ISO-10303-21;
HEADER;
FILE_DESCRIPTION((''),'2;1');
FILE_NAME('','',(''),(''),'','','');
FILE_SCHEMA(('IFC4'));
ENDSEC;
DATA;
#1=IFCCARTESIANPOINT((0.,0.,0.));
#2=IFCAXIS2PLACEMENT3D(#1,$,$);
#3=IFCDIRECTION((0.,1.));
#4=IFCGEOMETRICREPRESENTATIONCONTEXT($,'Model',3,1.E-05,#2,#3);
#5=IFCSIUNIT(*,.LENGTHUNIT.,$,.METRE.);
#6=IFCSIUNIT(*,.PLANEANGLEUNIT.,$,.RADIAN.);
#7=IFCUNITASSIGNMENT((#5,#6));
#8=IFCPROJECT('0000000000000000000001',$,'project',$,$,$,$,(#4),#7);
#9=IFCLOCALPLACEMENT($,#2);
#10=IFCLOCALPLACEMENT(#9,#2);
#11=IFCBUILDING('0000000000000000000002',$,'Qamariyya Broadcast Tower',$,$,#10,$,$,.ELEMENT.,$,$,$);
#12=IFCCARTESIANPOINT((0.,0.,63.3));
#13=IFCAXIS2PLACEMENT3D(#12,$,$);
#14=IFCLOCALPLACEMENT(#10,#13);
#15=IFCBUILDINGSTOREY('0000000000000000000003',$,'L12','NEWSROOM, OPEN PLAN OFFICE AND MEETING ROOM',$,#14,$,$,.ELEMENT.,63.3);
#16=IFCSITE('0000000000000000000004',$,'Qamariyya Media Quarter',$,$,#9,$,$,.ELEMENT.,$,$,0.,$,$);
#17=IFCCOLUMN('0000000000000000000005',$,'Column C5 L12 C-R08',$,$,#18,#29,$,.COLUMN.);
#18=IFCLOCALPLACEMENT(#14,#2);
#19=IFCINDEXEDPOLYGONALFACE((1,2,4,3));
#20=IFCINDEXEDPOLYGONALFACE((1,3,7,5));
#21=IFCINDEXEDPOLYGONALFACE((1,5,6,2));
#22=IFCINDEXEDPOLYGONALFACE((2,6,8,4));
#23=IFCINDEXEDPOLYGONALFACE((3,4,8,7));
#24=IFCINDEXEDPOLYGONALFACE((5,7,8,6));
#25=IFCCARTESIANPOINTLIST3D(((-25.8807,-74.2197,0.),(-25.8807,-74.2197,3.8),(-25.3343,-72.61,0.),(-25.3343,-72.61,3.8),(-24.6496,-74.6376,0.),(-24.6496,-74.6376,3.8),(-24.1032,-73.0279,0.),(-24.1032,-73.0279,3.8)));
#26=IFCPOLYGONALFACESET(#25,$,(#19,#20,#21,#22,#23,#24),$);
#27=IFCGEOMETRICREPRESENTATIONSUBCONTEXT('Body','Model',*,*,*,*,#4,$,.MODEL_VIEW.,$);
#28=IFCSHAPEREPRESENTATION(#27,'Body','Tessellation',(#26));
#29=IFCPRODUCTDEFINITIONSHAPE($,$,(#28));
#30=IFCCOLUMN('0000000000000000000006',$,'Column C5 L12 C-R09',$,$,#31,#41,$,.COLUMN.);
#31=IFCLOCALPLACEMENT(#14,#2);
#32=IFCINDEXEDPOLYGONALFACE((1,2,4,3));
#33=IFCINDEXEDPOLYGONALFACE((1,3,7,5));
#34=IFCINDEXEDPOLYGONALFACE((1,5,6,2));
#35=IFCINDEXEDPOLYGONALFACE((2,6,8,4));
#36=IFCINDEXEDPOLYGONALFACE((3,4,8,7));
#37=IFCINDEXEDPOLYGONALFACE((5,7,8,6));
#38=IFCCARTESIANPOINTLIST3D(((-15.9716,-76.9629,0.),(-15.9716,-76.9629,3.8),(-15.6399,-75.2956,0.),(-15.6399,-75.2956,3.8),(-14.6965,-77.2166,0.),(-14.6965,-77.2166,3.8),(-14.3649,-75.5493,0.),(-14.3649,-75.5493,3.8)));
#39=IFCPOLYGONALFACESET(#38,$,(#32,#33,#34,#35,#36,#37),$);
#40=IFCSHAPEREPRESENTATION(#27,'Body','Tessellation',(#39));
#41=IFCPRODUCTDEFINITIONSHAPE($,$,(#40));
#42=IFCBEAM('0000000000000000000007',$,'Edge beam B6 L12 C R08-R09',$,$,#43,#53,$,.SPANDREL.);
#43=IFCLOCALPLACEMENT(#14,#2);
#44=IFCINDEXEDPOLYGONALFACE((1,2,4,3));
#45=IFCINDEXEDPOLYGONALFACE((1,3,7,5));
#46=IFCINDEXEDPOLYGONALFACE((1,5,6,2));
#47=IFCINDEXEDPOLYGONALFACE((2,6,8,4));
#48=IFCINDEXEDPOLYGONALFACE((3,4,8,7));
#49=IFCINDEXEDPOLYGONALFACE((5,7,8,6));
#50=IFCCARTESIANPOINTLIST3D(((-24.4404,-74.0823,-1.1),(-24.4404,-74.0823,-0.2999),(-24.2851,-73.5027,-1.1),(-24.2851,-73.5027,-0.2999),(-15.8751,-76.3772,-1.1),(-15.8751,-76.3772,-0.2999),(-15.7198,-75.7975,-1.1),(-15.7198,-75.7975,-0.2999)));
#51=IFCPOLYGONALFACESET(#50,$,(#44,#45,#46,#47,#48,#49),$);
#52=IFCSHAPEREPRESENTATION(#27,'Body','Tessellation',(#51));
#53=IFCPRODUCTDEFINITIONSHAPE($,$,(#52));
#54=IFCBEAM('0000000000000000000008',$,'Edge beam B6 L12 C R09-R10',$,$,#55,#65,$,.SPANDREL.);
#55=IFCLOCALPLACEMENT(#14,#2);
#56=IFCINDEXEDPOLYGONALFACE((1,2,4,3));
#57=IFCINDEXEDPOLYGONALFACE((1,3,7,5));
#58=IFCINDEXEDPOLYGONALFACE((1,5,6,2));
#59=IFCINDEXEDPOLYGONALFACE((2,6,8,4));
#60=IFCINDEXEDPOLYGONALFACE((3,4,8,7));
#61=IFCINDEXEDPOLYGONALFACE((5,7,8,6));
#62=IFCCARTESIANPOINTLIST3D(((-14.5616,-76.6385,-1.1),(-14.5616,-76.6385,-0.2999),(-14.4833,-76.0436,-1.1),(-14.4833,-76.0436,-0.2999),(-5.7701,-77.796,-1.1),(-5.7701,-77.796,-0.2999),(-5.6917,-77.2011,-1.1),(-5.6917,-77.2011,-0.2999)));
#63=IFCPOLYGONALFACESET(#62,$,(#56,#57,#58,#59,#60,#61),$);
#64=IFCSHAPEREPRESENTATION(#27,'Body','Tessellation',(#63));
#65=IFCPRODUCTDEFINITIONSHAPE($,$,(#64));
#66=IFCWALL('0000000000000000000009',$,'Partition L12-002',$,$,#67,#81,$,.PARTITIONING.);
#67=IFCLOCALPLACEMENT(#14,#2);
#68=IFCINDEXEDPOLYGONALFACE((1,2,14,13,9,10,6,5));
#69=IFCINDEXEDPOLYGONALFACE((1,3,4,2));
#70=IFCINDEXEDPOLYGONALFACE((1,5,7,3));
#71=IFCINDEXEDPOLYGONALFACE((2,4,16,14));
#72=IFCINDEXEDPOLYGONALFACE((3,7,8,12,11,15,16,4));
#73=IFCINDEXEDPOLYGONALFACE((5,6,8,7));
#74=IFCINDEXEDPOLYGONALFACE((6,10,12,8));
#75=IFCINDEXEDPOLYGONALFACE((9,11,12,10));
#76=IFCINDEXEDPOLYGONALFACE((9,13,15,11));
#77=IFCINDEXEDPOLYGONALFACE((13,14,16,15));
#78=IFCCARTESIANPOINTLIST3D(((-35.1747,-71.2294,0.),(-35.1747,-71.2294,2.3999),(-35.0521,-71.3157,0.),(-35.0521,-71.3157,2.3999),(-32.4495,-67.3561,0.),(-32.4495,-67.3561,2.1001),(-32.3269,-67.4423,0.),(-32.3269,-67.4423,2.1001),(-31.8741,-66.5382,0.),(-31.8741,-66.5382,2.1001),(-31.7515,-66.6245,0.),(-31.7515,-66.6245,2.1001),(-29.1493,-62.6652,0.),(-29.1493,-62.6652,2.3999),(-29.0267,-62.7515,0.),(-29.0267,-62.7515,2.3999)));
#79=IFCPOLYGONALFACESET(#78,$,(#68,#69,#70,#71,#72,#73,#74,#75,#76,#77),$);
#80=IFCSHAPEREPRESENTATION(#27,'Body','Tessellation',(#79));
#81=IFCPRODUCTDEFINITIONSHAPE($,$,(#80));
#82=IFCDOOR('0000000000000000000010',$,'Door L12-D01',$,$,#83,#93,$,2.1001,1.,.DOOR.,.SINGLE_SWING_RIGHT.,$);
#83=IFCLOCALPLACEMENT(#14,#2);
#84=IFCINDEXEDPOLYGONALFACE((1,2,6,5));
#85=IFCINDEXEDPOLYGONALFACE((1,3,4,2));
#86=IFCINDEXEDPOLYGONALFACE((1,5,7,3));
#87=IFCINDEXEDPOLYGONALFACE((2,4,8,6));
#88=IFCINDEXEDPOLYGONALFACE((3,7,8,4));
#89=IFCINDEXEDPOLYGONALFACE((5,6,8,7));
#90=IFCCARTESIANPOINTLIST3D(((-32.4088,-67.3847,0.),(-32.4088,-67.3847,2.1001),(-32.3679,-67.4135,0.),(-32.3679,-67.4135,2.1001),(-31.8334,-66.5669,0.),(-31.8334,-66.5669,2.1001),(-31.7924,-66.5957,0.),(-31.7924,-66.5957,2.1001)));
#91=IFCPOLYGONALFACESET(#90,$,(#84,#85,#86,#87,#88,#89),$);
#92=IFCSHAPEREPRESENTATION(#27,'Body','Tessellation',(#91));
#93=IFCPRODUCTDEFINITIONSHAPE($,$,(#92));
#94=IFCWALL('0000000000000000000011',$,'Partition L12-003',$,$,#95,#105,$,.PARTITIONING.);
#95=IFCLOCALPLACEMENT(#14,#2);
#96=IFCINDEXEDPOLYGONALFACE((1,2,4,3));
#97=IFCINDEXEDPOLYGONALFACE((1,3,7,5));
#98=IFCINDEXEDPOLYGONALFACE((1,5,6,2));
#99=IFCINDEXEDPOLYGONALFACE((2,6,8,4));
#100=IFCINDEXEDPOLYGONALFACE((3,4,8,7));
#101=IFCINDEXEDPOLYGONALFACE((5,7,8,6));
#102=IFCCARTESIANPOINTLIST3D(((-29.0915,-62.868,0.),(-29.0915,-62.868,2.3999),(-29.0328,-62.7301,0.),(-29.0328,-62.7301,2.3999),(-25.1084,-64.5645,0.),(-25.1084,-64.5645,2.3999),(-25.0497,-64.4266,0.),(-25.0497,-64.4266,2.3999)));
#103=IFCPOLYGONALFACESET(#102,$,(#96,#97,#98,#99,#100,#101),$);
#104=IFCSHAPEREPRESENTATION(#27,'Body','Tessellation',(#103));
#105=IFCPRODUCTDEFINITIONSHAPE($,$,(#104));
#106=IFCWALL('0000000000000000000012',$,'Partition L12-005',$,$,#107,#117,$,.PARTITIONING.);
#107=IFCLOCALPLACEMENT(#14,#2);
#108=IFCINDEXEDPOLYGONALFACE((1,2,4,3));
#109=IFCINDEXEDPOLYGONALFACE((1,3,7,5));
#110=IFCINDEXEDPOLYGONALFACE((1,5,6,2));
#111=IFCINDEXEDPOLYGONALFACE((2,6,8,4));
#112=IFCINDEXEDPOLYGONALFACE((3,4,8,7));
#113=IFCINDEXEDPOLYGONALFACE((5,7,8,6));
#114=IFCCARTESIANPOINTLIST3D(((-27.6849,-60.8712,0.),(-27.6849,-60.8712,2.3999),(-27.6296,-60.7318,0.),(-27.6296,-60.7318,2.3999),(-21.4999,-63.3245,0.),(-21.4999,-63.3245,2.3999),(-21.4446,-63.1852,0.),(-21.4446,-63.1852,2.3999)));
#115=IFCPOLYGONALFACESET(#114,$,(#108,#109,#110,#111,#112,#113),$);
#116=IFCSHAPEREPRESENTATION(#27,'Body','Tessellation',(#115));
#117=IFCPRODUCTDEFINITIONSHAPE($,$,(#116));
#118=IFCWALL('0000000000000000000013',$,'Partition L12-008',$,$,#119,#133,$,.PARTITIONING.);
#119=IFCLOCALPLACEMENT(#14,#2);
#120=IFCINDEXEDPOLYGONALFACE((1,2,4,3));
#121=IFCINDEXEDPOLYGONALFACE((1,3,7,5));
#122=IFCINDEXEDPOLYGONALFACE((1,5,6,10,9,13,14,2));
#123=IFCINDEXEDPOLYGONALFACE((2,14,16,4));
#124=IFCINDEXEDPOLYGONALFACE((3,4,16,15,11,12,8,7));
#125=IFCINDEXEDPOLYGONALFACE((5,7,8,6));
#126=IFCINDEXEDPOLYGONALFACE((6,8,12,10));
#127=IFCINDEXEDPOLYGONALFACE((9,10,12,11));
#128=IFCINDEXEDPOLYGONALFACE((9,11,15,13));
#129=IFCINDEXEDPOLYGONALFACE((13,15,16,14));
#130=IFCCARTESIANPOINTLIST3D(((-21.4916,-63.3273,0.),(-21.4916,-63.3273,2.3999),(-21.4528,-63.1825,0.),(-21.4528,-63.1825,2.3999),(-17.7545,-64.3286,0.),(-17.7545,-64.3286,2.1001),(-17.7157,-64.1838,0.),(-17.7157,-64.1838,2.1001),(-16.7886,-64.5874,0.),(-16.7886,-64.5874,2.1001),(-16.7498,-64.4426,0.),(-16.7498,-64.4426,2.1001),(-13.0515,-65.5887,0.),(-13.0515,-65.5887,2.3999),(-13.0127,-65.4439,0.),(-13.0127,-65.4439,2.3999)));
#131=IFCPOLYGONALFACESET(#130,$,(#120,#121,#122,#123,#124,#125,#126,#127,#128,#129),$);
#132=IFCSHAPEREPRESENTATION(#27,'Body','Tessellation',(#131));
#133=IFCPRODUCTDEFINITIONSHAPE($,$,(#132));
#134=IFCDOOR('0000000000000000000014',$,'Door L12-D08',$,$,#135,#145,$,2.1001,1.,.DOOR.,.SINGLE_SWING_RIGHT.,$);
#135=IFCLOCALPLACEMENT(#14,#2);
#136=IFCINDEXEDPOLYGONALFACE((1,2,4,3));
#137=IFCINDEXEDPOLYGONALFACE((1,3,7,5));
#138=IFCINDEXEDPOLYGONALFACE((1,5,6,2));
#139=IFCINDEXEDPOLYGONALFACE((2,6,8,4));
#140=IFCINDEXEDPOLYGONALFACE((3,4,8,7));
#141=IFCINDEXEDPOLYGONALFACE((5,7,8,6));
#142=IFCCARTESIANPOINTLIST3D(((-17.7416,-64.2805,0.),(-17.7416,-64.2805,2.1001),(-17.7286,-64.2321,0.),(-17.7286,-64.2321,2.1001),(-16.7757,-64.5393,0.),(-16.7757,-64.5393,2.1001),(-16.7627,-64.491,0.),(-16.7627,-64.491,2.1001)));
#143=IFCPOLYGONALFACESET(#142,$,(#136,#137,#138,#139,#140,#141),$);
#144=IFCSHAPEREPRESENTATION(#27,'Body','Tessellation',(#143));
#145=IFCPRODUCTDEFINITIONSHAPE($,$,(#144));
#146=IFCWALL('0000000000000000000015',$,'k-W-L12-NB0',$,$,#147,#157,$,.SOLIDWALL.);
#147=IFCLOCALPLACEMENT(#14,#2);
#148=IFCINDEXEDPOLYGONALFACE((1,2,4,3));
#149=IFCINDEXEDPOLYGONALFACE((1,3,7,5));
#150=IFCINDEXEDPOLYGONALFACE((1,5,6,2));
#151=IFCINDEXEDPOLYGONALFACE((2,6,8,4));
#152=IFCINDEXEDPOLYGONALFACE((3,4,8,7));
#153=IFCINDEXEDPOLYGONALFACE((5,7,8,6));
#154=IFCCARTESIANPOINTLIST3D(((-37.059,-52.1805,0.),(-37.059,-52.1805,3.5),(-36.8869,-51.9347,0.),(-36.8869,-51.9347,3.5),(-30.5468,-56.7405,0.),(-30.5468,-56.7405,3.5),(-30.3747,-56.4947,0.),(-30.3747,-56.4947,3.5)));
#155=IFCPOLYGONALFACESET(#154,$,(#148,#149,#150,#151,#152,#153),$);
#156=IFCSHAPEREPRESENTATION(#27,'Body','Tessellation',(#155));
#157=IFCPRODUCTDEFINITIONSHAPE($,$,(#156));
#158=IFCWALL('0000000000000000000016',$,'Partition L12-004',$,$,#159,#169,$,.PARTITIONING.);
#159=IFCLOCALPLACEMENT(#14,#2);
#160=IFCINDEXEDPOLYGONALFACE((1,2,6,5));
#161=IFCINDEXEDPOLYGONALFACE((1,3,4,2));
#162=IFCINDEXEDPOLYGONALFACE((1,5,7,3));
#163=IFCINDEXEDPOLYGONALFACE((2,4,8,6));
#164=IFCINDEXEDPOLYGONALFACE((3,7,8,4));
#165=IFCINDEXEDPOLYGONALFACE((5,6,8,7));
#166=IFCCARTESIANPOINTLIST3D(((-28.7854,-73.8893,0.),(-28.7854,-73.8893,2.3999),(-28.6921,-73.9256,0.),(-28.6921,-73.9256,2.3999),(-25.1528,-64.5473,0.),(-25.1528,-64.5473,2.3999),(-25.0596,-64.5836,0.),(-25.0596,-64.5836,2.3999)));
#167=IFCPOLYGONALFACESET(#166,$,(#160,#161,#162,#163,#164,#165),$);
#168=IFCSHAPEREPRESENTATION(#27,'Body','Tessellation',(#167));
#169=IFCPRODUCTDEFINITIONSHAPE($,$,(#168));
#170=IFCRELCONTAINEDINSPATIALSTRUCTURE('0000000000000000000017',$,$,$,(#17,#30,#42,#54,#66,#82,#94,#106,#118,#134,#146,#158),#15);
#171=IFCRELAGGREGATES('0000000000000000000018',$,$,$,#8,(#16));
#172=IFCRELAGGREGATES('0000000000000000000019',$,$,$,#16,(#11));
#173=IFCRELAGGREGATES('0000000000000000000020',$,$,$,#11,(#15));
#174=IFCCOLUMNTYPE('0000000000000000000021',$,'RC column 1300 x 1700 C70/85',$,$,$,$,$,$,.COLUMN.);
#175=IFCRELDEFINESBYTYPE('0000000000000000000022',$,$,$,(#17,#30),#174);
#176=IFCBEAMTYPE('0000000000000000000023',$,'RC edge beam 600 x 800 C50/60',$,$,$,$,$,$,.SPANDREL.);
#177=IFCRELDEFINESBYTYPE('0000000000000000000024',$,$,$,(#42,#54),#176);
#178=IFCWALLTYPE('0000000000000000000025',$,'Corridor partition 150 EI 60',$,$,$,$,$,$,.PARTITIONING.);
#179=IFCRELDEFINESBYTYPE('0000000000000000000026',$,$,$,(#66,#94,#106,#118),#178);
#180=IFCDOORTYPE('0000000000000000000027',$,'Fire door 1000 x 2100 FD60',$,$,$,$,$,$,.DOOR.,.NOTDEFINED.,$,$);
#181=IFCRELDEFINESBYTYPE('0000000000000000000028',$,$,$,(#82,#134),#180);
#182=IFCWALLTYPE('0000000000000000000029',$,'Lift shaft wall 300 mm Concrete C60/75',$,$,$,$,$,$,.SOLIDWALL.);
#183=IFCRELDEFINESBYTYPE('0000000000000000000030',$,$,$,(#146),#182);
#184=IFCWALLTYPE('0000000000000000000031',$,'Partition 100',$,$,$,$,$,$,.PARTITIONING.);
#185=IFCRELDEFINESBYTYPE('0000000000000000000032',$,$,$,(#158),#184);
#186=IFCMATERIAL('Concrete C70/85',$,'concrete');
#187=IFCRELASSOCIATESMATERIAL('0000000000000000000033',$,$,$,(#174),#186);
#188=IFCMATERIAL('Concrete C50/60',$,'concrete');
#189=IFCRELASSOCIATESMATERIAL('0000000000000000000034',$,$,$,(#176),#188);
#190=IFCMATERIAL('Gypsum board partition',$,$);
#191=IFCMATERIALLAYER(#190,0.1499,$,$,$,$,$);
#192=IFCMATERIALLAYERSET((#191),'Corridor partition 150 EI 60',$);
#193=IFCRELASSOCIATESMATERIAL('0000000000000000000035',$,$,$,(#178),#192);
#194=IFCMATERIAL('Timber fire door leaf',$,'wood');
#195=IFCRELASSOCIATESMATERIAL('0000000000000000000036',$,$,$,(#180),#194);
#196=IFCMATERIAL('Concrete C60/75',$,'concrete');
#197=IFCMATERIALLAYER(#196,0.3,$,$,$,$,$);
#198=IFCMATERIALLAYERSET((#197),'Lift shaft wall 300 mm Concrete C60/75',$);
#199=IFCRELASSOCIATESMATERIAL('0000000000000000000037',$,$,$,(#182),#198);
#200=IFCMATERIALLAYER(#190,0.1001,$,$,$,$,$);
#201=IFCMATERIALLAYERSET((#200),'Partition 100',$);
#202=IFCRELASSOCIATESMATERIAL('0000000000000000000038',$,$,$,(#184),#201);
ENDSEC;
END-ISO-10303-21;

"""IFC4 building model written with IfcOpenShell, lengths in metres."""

from ifc_helpers import new_model, si_unit, direction, frame, frame_2d, origin, origin_2d, place, context, subcontext, project, spatial, rectangle, extrude, material, layer, layer_set, material_profile, profile_set, type_object, element, fill, save


model = new_model("IFC4")

# Units and contexts
model_context = context("Model", 3, precision=1e-05, world=origin(), true_north=direction((0.0, 1.0)))
body_context = subcontext(model_context, "Body", "Model", "MODEL_VIEW")
ifc_project = project(units=[si_unit("LENGTHUNIT", "METRE"), si_unit("PLANEANGLEUNIT", "RADIAN")], contexts=[model_context])

# Site, building, storey
site_placement = place(None, origin())
site = spatial("IfcSite", under=ifc_project, at=site_placement, Name="Qamariyya Media Quarter", CompositionType="ELEMENT", RefElevation=0.0)
building_placement = place(site_placement, origin())
building = spatial("IfcBuilding", under=site, at=building_placement, Name="Qamariyya Broadcast Tower", CompositionType="ELEMENT")
storey_placement = place(building_placement, frame((0.0, 0.0, 63.3)))
storey = spatial("IfcBuildingStorey", under=building, at=storey_placement, Name="L12", Description="NEWSROOM, OPEN PLAN OFFICE AND MEETING ROOM", CompositionType="ELEMENT", Elevation=63.3)

# Columns
ifc_material_1 = material(Name="Concrete C70/85", Category="concrete")
ifc_material_profile_1 = material_profile(ifc_material_1, rectangle(XDim=1.3, YDim=1.7, at=origin_2d()))
ifc_profile_set_1 = profile_set([ifc_material_profile_1], Name="Concrete C70/85")
column_type = type_object("IfcColumnType", Name="RC column 1300 x 1700 C70/85", PredefinedType="COLUMN", material=ifc_profile_set_1)
for number, where, z_axis, x_axis, name in (
    (1, (-24.9919, -73.6238, 0.0), (0.0, 0.0, 1.0), (0.94693, -0.321439, 0.0), "Column C5 L12 C-R08"),
    (2, (-15.1682, -76.2561, 0.0), (0.0, 0.0, 1.0), (0.980785, -0.19509, 0.0), "Column C5 L12 C-R09"),
):
    element("IfcColumn", number, at=place(storey_placement, frame(where, z_axis=z_axis, x_axis=x_axis)), inside=storey, type_object=column_type, Name=name, PredefinedType="COLUMN", context=body_context, shape_type="SweptSolid", body=[
        extrude(rectangle(XDim=1.3, YDim=1.7, at=origin_2d()), origin(), (0.0, 0.0, 1.0), 3.8),
    ])

# Beams
ifc_material_2 = material(Name="Concrete C50/60", Category="concrete")
ifc_material_profile_2 = material_profile(ifc_material_2, rectangle(XDim=0.6001, YDim=0.8, at=origin_2d()))
ifc_profile_set_2 = profile_set([ifc_material_profile_2], Name="Concrete C50/60")
beam_type = type_object("IfcBeamType", Name="RC edge beam 600 x 800 C50/60", PredefinedType="SPANDREL", material=ifc_profile_set_2)
for number, where, z_axis, x_axis, name in (
    (3, (-24.3628, -73.7925, -0.7), (0.965931, -0.2588, 0.0), (0.2588, 0.965931, 0.0), "Edge beam B6 L12 C R08-R09"),
    (4, (-14.5225, -76.3411, -0.7), (0.991444, -0.130531, 0.0), (0.130531, 0.991444, 0.0), "Edge beam B6 L12 C R09-R10"),
):
    element("IfcBeam", number, at=place(storey_placement, frame(where, z_axis=z_axis, x_axis=x_axis)), inside=storey, type_object=beam_type, Name=name, PredefinedType="SPANDREL", context=body_context, shape_type="SweptSolid", body=[
        extrude(rectangle(XDim=0.6001, YDim=0.8, at=origin_2d()), origin(), (0.0, 0.0, 1.0), 8.8674),
    ])

# Wall, opening, door
ifc_material_3 = material(Name="Gypsum board partition")
ifc_layer_1 = layer(ifc_material_3, 0.1499)
ifc_layer_set_1 = layer_set([ifc_layer_1], Name="Corridor partition 150 EI 60")
wall_type_1 = type_object("IfcWallType", Name="Corridor partition 150 EI 60", PredefinedType="PARTITIONING", material=ifc_layer_set_1)
wall_1_placement = place(storey_placement, frame((-29.0879, -62.7083, 0.0), z_axis=(0.0, 0.0, 1.0), x_axis=(-0.575412, -0.817864, 0.0)))
wall_1 = element("IfcWall", 5, at=wall_1_placement, inside=storey, type_object=wall_type_1, Name="Partition L12-002", PredefinedType="PARTITIONING", context=body_context, shape_type="SweptSolid", body=[
    extrude(rectangle(XDim=10.4714, YDim=0.1499, at=frame_2d((5.2358, 0.0))), origin(), (0.0, 0.0, 1.0), 2.3999),
])
opening_1_placement = place(wall_1_placement, frame((4.7356, 0.0, 0.0)))
opening_1 = element("IfcOpeningElement", 6, at=opening_1_placement, cuts=wall_1, PredefinedType="OPENING", context=body_context, shape_type="SweptSolid", body=[
    extrude(rectangle(XDim=1.0, YDim=2.1001, at=frame_2d((0.5, 1.05))), frame((0.0, 0.085, 0.0), z_axis=(0.0, -1.0, 0.0), x_axis=(1.0, 0.0, 0.0)), (0.0, 0.0, 1.0), 0.1699),
])
ifc_material_4 = material(Name="Timber fire door leaf", Category="wood")
door_type = type_object("IfcDoorType", Name="Fire door 1000 x 2100 FD60", OperationType="NOTDEFINED", PredefinedType="DOOR", material=ifc_material_4)
door_1_placement = place(opening_1_placement, origin())
door_1 = element("IfcDoor", 7, at=door_1_placement, inside=storey, type_object=door_type, Name="Door L12-D01", OperationType="SINGLE_SWING_RIGHT", OverallHeight=2.1001, OverallWidth=1.0, PredefinedType="DOOR", context=body_context, shape_type="SweptSolid", body=[
    extrude(rectangle(XDim=1.0, YDim=2.1001, at=frame_2d((0.5, 1.05))), frame((0.0, 0.0249, 0.0), z_axis=(0.0, -1.0, 0.0), x_axis=(1.0, 0.0, 0.0)), (0.0, 0.0, 1.0), 0.05),
])
fill(opening_1, door_1)

# Walls
wall_2_placement = place(storey_placement, frame((-29.062, -62.7991, 0.0), z_axis=(0.0, 0.0, 1.0), x_axis=(0.920024, -0.391863, 0.0)))
element("IfcWall", 8, at=wall_2_placement, inside=storey, type_object=wall_type_1, Name="Partition L12-003", PredefinedType="PARTITIONING", context=body_context, shape_type="SweptSolid", body=[
    extrude(rectangle(XDim=4.3293, YDim=0.1499, at=frame_2d((2.1646, 0.0))), origin(), (0.0, 0.0, 1.0), 2.3999),
])
wall_3_placement = place(storey_placement, frame((-27.6572, -60.8015, 0.0), z_axis=(0.0, 0.0, 1.0), x_axis=(0.929543, -0.368713, 0.0)))
element("IfcWall", 9, at=wall_3_placement, inside=storey, type_object=wall_type_1, Name="Partition L12-005", PredefinedType="PARTITIONING", context=body_context, shape_type="SweptSolid", body=[
    extrude(rectangle(XDim=6.6538, YDim=0.1499, at=frame_2d((3.3269, 0.0))), origin(), (0.0, 0.0, 1.0), 2.3999),
])

# Wall, opening, door
wall_4_placement = place(storey_placement, frame((-21.4722, -63.2549, 0.0), z_axis=(0.0, 0.0, 1.0), x_axis=(0.965928, -0.258812, 0.0)))
wall_4 = element("IfcWall", 10, at=wall_4_placement, inside=storey, type_object=wall_type_1, Name="Partition L12-008", PredefinedType="PARTITIONING", context=body_context, shape_type="SweptSolid", body=[
    extrude(rectangle(XDim=8.7378, YDim=0.1499, at=frame_2d((4.3689, 0.0))), origin(), (0.0, 0.0, 1.0), 2.3999),
])
opening_2_placement = place(wall_4_placement, frame((3.8689, 0.0, 0.0)))
opening_2 = element("IfcOpeningElement", 11, at=opening_2_placement, cuts=wall_4, PredefinedType="OPENING", context=body_context, shape_type="SweptSolid", body=[
    extrude(rectangle(XDim=1.0, YDim=2.1001, at=frame_2d((0.5, 1.05))), frame((0.0, 0.085, 0.0), z_axis=(0.0, -1.0, 0.0), x_axis=(1.0, 0.0, 0.0)), (0.0, 0.0, 1.0), 0.1699),
])
door_2_placement = place(opening_2_placement, origin())
door_2 = element("IfcDoor", 12, at=door_2_placement, inside=storey, type_object=door_type, Name="Door L12-D08", OperationType="SINGLE_SWING_RIGHT", OverallHeight=2.1001, OverallWidth=1.0, PredefinedType="DOOR", context=body_context, shape_type="SweptSolid", body=[
    extrude(rectangle(XDim=1.0, YDim=2.1001, at=frame_2d((0.5, 1.05))), frame((0.0, 0.0249, 0.0), z_axis=(0.0, -1.0, 0.0), x_axis=(1.0, 0.0, 0.0)), (0.0, 0.0, 1.0), 0.05),
])
fill(opening_2, door_2)

# Walls
ifc_material_5 = material(Name="Concrete C60/75", Category="concrete")
ifc_layer_2 = layer(ifc_material_5, 0.3)
ifc_layer_set_2 = layer_set([ifc_layer_2], Name="Lift shaft wall 300 mm Concrete C60/75")
wall_type_2 = type_object("IfcWallType", Name="Lift shaft wall 300 mm Concrete C60/75", PredefinedType="SOLIDWALL", material=ifc_layer_set_2)
wall_5_placement = place(storey_placement, frame((-30.4607, -56.6177, 0.0), z_axis=(0.0, 0.0, 1.0), x_axis=(-0.819142, 0.57359, 0.0)))
element("IfcWall", 13, at=wall_5_placement, inside=storey, type_object=wall_type_2, Name="k-W-L12-NB0", PredefinedType="SOLIDWALL", context=body_context, shape_type="SweptSolid", body=[
    extrude(rectangle(XDim=7.95, YDim=0.3, at=frame_2d((3.9751, 0.0))), origin(), (0.0, 0.0, 1.0), 3.5),
])
ifc_layer_3 = layer(ifc_material_3, 0.1001)
ifc_layer_set_3 = layer_set([ifc_layer_3], Name="Partition 100")
wall_type_3 = type_object("IfcWallType", Name="Partition 100", PredefinedType="PARTITIONING", material=ifc_layer_set_3)
wall_6_placement = place(storey_placement, frame((-28.7388, -73.9075, 0.0), z_axis=(0.0, 0.0, 1.0), x_axis=(0.362407, 0.93202, 0.0)))
element("IfcWall", 14, at=wall_6_placement, inside=storey, type_object=wall_type_3, Name="Partition L12-004", PredefinedType="PARTITIONING", context=body_context, shape_type="SweptSolid", body=[
    extrude(rectangle(XDim=10.0234, YDim=0.1001, at=frame_2d((5.0117, 0.0))), origin(), (0.0, 0.0, 1.0), 2.3999),
])

save(model, "model.ifc")
